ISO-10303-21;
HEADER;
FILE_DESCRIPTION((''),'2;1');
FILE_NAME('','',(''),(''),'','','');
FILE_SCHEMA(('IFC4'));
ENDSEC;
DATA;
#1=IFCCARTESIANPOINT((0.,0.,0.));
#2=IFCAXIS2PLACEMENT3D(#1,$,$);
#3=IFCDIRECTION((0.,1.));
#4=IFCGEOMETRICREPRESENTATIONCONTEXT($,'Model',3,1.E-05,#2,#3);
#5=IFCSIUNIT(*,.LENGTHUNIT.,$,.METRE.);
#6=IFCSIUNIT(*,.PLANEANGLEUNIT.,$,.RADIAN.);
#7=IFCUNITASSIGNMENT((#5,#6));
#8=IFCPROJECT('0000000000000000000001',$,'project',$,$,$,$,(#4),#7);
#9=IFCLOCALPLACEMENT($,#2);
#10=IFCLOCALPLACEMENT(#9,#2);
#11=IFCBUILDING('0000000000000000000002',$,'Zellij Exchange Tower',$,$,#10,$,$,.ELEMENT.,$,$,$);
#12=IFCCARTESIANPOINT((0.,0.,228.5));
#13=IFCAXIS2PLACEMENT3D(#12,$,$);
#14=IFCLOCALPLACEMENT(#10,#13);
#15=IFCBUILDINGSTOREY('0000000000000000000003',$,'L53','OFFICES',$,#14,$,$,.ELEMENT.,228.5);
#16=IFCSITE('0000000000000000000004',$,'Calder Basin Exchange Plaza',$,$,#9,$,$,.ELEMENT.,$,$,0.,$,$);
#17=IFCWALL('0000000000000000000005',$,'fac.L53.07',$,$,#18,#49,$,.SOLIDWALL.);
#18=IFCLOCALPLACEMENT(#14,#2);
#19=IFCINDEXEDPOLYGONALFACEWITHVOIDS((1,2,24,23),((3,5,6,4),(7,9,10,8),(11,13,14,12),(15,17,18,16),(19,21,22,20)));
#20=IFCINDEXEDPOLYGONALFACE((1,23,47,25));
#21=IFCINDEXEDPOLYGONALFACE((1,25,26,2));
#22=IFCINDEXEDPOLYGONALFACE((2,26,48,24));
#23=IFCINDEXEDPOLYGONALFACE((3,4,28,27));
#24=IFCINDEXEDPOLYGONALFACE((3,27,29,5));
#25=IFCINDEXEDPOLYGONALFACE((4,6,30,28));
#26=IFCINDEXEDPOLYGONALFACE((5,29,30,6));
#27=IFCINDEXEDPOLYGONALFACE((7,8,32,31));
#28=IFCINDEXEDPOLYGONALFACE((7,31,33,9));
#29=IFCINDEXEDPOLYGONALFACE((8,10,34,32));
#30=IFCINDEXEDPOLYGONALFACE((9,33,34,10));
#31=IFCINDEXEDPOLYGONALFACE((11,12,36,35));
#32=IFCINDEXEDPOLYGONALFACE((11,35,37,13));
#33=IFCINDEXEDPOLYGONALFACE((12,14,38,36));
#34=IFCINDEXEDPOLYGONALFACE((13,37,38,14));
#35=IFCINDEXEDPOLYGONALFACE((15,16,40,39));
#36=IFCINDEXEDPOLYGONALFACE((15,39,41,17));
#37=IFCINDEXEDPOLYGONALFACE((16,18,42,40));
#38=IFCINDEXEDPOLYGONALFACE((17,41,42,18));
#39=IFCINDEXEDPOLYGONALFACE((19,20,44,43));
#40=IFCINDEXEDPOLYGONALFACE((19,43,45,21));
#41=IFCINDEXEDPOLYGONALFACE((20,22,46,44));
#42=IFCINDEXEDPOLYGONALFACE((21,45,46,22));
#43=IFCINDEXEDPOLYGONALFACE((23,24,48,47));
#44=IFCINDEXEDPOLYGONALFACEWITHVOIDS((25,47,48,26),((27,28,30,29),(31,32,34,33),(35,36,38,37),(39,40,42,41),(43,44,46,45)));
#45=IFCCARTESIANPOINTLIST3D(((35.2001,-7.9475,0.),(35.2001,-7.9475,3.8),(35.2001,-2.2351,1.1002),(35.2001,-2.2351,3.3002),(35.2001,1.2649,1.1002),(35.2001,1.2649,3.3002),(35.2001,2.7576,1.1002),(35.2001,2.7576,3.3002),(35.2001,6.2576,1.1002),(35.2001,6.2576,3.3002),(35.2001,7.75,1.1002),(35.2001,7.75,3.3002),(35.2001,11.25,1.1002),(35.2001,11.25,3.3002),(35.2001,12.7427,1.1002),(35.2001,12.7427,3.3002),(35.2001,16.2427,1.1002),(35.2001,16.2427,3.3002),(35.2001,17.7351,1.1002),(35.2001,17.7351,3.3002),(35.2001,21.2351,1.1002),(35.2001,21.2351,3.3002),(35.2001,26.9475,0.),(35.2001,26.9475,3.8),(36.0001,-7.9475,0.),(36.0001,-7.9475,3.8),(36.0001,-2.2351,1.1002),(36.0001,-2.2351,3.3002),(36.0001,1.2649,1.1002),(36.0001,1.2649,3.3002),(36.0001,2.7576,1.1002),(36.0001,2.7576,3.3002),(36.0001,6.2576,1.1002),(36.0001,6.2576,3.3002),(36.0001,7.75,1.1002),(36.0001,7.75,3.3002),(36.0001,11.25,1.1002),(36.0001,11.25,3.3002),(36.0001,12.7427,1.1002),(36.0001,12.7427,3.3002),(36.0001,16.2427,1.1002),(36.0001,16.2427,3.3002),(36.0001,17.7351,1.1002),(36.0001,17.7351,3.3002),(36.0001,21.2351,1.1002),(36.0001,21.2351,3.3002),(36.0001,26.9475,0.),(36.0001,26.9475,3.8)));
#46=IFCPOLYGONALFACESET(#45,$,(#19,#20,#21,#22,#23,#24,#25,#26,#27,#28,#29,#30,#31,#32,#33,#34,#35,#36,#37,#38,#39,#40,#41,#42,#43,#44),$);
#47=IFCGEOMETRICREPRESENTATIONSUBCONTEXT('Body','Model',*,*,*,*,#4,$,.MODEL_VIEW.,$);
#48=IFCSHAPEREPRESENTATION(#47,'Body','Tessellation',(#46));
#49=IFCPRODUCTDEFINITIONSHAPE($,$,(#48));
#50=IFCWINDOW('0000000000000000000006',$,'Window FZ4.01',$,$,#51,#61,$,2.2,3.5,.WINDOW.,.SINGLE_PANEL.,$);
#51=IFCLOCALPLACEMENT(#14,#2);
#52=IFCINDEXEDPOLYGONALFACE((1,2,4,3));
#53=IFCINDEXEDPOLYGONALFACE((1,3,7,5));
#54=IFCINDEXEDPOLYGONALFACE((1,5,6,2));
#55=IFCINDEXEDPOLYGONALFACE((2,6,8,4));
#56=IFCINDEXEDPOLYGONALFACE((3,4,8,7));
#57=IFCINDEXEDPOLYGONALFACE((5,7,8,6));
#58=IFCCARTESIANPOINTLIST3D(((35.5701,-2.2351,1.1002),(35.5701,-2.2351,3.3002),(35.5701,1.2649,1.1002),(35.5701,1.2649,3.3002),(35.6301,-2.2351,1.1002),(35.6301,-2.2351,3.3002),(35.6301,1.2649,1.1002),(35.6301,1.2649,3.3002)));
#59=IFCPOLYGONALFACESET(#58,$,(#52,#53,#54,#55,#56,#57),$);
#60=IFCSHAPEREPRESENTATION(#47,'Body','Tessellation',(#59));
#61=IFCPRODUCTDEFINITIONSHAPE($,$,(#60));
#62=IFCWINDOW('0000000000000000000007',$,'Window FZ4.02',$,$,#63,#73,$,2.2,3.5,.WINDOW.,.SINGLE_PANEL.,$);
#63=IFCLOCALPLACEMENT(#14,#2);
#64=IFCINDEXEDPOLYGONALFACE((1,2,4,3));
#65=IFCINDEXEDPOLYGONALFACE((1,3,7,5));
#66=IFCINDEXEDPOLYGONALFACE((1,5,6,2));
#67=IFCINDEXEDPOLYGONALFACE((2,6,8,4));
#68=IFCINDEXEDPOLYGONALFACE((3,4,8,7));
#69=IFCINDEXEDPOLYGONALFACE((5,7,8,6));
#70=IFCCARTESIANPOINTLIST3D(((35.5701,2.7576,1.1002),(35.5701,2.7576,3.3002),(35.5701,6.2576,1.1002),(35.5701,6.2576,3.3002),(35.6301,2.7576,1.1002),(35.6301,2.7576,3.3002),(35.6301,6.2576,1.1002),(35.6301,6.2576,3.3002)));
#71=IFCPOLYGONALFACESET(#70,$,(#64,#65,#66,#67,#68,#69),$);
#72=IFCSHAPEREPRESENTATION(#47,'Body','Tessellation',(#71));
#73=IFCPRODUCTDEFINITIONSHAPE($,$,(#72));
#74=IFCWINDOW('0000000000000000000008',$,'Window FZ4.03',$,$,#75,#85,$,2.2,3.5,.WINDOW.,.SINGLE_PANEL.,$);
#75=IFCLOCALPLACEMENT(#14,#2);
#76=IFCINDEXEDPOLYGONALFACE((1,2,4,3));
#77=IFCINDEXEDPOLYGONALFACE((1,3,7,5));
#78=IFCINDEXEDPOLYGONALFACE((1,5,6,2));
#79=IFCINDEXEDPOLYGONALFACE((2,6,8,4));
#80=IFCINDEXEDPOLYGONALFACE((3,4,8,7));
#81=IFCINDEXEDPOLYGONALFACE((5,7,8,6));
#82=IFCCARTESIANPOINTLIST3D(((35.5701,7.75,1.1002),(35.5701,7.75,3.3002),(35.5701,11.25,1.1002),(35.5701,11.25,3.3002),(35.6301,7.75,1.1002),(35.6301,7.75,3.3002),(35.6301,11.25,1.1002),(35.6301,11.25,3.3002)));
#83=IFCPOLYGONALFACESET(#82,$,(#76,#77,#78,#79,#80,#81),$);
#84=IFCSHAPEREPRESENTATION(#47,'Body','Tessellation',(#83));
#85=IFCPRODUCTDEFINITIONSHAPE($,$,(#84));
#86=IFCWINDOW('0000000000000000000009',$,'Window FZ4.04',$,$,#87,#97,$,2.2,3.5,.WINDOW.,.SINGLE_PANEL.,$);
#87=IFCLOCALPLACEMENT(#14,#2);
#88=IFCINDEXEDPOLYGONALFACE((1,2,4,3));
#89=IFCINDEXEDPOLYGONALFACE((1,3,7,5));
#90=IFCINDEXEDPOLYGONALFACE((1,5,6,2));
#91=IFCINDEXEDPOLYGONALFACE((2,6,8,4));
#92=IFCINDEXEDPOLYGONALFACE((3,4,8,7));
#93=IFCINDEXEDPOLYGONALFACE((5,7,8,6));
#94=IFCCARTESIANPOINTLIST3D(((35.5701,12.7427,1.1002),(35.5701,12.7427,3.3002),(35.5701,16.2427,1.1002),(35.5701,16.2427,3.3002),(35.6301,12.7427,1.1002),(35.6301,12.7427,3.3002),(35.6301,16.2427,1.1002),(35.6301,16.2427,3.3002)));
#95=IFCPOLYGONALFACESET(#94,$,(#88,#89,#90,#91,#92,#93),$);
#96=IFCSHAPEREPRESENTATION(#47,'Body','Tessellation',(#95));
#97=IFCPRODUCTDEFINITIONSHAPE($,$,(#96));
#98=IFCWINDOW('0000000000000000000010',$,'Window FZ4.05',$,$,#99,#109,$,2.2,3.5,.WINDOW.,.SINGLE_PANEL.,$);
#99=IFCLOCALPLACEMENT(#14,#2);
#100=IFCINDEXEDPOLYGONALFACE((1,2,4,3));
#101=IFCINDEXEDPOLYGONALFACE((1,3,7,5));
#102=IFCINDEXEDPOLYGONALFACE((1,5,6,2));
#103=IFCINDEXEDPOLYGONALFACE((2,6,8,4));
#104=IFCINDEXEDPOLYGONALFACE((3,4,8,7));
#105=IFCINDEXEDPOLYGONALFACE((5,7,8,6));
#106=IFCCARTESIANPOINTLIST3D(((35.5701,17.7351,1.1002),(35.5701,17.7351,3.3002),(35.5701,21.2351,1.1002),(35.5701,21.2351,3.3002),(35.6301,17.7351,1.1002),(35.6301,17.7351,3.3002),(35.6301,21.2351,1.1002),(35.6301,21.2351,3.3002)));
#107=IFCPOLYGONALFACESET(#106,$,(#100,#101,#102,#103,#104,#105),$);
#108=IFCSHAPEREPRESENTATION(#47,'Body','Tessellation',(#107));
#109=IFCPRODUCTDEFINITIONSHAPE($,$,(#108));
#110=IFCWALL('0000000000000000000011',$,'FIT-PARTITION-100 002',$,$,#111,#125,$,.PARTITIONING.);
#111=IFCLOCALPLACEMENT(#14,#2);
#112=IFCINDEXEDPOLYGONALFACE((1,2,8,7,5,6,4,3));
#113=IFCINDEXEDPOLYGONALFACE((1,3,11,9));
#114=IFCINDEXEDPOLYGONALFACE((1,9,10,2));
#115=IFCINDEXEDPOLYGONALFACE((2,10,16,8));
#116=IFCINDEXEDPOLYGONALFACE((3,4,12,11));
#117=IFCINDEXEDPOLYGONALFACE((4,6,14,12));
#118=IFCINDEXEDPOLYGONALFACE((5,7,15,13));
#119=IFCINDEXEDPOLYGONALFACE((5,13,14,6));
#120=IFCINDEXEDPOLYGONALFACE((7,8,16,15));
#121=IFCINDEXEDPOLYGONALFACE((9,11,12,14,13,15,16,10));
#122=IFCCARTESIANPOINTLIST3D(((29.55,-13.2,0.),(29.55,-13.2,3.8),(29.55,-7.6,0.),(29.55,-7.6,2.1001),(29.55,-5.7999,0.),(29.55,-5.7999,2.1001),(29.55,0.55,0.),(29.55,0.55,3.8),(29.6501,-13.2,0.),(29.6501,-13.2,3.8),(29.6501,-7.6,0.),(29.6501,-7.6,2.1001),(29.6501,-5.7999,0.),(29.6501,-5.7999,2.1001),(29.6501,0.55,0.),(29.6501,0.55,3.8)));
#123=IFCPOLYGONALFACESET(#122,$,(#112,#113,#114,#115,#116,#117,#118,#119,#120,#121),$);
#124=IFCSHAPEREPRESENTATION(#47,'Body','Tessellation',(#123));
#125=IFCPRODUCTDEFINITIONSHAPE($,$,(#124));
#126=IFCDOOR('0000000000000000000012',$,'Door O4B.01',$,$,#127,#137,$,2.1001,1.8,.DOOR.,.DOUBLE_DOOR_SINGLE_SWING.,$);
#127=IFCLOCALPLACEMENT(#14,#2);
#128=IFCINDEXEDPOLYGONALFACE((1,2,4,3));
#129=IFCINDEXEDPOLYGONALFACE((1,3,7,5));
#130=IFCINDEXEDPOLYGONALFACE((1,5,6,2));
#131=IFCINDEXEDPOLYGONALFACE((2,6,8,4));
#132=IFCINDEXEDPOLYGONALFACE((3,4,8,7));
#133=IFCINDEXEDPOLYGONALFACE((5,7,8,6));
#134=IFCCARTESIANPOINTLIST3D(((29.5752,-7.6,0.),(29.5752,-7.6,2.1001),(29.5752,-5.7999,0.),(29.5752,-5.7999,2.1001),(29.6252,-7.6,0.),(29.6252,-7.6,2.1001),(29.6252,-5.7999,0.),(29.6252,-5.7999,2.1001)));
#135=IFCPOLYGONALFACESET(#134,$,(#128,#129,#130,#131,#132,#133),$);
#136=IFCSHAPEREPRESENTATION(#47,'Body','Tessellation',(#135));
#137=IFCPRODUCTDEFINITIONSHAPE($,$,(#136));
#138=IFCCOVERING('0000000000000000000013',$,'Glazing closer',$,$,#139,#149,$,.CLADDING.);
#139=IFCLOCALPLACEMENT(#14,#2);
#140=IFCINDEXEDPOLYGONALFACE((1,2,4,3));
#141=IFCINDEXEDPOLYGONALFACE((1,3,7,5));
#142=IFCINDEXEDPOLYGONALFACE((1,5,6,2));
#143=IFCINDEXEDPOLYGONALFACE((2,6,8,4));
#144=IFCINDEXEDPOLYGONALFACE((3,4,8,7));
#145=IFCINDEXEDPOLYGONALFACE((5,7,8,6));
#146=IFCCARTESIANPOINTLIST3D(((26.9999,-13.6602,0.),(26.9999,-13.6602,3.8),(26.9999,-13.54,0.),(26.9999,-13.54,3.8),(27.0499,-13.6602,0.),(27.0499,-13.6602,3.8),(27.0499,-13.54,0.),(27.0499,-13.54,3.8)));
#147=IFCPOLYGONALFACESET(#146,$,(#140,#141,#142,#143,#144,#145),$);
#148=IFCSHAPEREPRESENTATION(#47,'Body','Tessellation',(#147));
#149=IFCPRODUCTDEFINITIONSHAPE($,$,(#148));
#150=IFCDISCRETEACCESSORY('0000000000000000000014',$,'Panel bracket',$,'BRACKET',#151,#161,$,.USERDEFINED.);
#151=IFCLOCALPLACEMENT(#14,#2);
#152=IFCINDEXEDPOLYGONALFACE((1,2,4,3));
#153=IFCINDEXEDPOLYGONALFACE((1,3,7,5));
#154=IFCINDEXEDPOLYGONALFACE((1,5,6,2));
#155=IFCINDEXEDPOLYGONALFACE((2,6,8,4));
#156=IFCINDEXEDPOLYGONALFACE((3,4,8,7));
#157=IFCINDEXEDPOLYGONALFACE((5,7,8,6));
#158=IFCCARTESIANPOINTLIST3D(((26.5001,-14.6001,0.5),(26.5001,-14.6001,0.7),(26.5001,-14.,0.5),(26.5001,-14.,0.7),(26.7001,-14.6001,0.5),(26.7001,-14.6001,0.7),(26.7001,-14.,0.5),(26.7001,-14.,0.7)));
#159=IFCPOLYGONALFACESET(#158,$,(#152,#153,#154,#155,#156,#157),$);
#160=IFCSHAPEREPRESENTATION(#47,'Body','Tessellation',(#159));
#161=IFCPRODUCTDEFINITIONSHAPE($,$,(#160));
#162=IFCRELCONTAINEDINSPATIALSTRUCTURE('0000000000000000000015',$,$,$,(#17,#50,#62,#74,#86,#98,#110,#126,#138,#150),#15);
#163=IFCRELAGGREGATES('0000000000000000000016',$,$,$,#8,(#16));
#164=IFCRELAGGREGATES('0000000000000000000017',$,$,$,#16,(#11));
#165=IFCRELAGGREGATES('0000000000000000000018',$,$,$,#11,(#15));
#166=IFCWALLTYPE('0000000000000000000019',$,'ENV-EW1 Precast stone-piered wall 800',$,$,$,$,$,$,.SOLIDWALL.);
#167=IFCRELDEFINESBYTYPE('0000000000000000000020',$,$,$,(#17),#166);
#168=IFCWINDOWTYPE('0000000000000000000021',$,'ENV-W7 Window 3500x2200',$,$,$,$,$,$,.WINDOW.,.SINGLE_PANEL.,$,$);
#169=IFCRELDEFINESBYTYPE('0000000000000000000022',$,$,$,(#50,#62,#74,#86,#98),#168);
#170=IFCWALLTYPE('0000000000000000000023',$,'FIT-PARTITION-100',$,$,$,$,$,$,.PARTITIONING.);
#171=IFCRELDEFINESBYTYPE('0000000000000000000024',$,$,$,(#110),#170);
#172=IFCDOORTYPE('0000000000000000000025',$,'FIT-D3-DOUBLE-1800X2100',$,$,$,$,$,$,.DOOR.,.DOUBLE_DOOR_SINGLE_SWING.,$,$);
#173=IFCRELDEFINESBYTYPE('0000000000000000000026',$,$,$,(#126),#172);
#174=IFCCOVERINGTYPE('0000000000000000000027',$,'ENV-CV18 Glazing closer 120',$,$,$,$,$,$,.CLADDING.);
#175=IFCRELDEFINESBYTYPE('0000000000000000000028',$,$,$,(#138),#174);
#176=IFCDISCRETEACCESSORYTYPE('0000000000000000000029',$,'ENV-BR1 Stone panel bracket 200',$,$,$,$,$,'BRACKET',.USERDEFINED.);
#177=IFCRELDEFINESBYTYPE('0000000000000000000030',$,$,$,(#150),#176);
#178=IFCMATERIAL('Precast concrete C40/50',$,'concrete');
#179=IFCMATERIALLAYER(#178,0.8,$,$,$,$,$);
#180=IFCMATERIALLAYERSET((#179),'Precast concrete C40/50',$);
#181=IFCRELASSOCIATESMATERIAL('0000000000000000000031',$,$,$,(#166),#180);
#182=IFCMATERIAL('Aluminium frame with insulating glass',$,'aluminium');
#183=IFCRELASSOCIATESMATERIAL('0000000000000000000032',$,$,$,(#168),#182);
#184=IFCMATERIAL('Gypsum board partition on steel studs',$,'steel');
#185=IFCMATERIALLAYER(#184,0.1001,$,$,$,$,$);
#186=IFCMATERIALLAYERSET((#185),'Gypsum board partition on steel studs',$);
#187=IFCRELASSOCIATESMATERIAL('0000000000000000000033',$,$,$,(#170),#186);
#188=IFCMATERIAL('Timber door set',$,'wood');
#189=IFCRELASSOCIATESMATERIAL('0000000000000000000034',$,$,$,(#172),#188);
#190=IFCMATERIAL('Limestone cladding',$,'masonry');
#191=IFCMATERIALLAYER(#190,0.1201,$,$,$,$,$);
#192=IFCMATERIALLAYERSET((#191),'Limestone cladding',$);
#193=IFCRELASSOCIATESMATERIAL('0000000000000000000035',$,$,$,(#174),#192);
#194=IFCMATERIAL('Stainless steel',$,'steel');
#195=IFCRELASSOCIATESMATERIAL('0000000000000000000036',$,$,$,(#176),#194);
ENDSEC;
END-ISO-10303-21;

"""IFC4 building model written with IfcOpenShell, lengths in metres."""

from ifc_helpers import new_model, si_unit, direction, frame, frame_2d, origin, origin_2d, place, context, subcontext, project, spatial, rectangle, extrude, material, layer, layer_set, type_object, element, fill, save


model = new_model("IFC4")

# Units and contexts
model_context = context("Model", 3, precision=1e-05, world=origin(), true_north=direction((0.0, 1.0)))
body_context = subcontext(model_context, "Body", "Model", "MODEL_VIEW")
ifc_project = project(units=[si_unit("LENGTHUNIT", "METRE"), si_unit("PLANEANGLEUNIT", "RADIAN")], contexts=[model_context])

# Site, building, storey
site_placement = place(None, origin())
site = spatial("IfcSite", under=ifc_project, at=site_placement, Name="Calder Basin Exchange Plaza", CompositionType="ELEMENT", RefElevation=0.0)
building_placement = place(site_placement, origin())
building = spatial("IfcBuilding", under=site, at=building_placement, Name="Zellij Exchange Tower", CompositionType="ELEMENT")
storey_placement = place(building_placement, frame((0.0, 0.0, 228.5)))
storey = spatial("IfcBuildingStorey", under=building, at=storey_placement, Name="L53", Description="OFFICES", CompositionType="ELEMENT", Elevation=228.5)

# Shared definitions
ifc_material_1 = material(Name="Precast concrete C40/50", Category="concrete")
ifc_layer_1 = layer(ifc_material_1, 0.8)
ifc_layer_set_1 = layer_set([ifc_layer_1], Name="Precast concrete C40/50")
wall_type_1 = type_object("IfcWallType", Name="ENV-EW1 Precast stone-piered wall 800", PredefinedType="SOLIDWALL", material=ifc_layer_set_1)

# Wall, openings, windows
wall_1_placement = place(storey_placement, frame((35.6001, -7.9475, 0.0), z_axis=(0.0, 0.0, 1.0), x_axis=(0.0, 1.0, 0.0)))
wall_1 = element("IfcWall", 1, at=wall_1_placement, inside=storey, type_object=wall_type_1, Name="fac.L53.07", PredefinedType="SOLIDWALL", context=body_context, shape_type="SweptSolid", body=[
    extrude(rectangle(XDim=34.895, YDim=0.8, at=frame_2d((17.4475, 0.0))), origin(), (0.0, 0.0, 1.0), 3.8),
])
opening_1_placement = place(wall_1_placement, frame((5.7124, 0.0, 1.1001)))
opening_1 = element("IfcOpeningElement", 2, at=opening_1_placement, cuts=wall_1, PredefinedType="OPENING", context=body_context, shape_type="SweptSolid", body=[
    extrude(rectangle(XDim=3.5, YDim=2.2, at=frame_2d((1.75, 1.1001))), frame((0.0, 0.4121, 0.0), z_axis=(0.0, -1.0, 0.0), x_axis=(1.0, 0.0, 0.0)), (0.0, 0.0, 1.0), 0.824),
])
opening_2_placement = place(wall_1_placement, frame((10.7051, 0.0, 1.1001)))
opening_2 = element("IfcOpeningElement", 3, at=opening_2_placement, cuts=wall_1, PredefinedType="OPENING", context=body_context, shape_type="SweptSolid", body=[
    extrude(rectangle(XDim=3.5, YDim=2.2, at=frame_2d((1.75, 1.1001))), frame((0.0, 0.4121, 0.0), z_axis=(0.0, -1.0, 0.0), x_axis=(1.0, 0.0, 0.0)), (0.0, 0.0, 1.0), 0.824),
])
opening_3_placement = place(wall_1_placement, frame((15.6975, 0.0, 1.1001)))
opening_3 = element("IfcOpeningElement", 4, at=opening_3_placement, cuts=wall_1, PredefinedType="OPENING", context=body_context, shape_type="SweptSolid", body=[
    extrude(rectangle(XDim=3.5, YDim=2.2, at=frame_2d((1.75, 1.1001))), frame((0.0, 0.4121, 0.0), z_axis=(0.0, -1.0, 0.0), x_axis=(1.0, 0.0, 0.0)), (0.0, 0.0, 1.0), 0.824),
])
opening_4_placement = place(wall_1_placement, frame((20.6902, 0.0, 1.1001)))
opening_4 = element("IfcOpeningElement", 5, at=opening_4_placement, cuts=wall_1, PredefinedType="OPENING", context=body_context, shape_type="SweptSolid", body=[
    extrude(rectangle(XDim=3.5, YDim=2.2, at=frame_2d((1.75, 1.1001))), frame((0.0, 0.4121, 0.0), z_axis=(0.0, -1.0, 0.0), x_axis=(1.0, 0.0, 0.0)), (0.0, 0.0, 1.0), 0.824),
])
opening_5_placement = place(wall_1_placement, frame((25.6826, 0.0, 1.1001)))
opening_5 = element("IfcOpeningElement", 6, at=opening_5_placement, cuts=wall_1, PredefinedType="OPENING", context=body_context, shape_type="SweptSolid", body=[
    extrude(rectangle(XDim=3.5, YDim=2.2, at=frame_2d((1.75, 1.1001))), frame((0.0, 0.4121, 0.0), z_axis=(0.0, -1.0, 0.0), x_axis=(1.0, 0.0, 0.0)), (0.0, 0.0, 1.0), 0.824),
])
ifc_material_2 = material(Name="Aluminium frame with insulating glass", Category="aluminium")
window_type = type_object("IfcWindowType", Name="ENV-W7 Window 3500x2200", PartitioningType="SINGLE_PANEL", PredefinedType="WINDOW", material=ifc_material_2)
window_1_placement = place(opening_1_placement, origin())
window_1 = element("IfcWindow", 7, at=window_1_placement, inside=storey, type_object=window_type, Name="Window FZ4.01", OverallHeight=2.2, OverallWidth=3.5, PartitioningType="SINGLE_PANEL", PredefinedType="WINDOW", context=body_context, shape_type="SweptSolid", body=[
    extrude(rectangle(XDim=3.5, YDim=2.2, at=frame_2d((1.75, 1.1001))), frame((0.0, 0.03, 0.0), z_axis=(0.0, -1.0, 0.0), x_axis=(1.0, 0.0, 0.0)), (0.0, 0.0, 1.0), 0.0601),
])
fill(opening_1, window_1)
window_2_placement = place(opening_2_placement, origin())
window_2 = element("IfcWindow", 8, at=window_2_placement, inside=storey, type_object=window_type, Name="Window FZ4.02", OverallHeight=2.2, OverallWidth=3.5, PartitioningType="SINGLE_PANEL", PredefinedType="WINDOW", context=body_context, shape_type="SweptSolid", body=[
    extrude(rectangle(XDim=3.5, YDim=2.2, at=frame_2d((1.75, 1.1001))), frame((0.0, 0.03, 0.0), z_axis=(0.0, -1.0, 0.0), x_axis=(1.0, 0.0, 0.0)), (0.0, 0.0, 1.0), 0.0601),
])
fill(opening_2, window_2)
window_3_placement = place(opening_3_placement, origin())
window_3 = element("IfcWindow", 9, at=window_3_placement, inside=storey, type_object=window_type, Name="Window FZ4.03", OverallHeight=2.2, OverallWidth=3.5, PartitioningType="SINGLE_PANEL", PredefinedType="WINDOW", context=body_context, shape_type="SweptSolid", body=[
    extrude(rectangle(XDim=3.5, YDim=2.2, at=frame_2d((1.75, 1.1001))), frame((0.0, 0.03, 0.0), z_axis=(0.0, -1.0, 0.0), x_axis=(1.0, 0.0, 0.0)), (0.0, 0.0, 1.0), 0.0601),
])
fill(opening_3, window_3)
window_4_placement = place(opening_4_placement, origin())
window_4 = element("IfcWindow", 10, at=window_4_placement, inside=storey, type_object=window_type, Name="Window FZ4.04", OverallHeight=2.2, OverallWidth=3.5, PartitioningType="SINGLE_PANEL", PredefinedType="WINDOW", context=body_context, shape_type="SweptSolid", body=[
    extrude(rectangle(XDim=3.5, YDim=2.2, at=frame_2d((1.75, 1.1001))), frame((0.0, 0.03, 0.0), z_axis=(0.0, -1.0, 0.0), x_axis=(1.0, 0.0, 0.0)), (0.0, 0.0, 1.0), 0.0601),
])
fill(opening_4, window_4)
window_5_placement = place(opening_5_placement, origin())
window_5 = element("IfcWindow", 11, at=window_5_placement, inside=storey, type_object=window_type, Name="Window FZ4.05", OverallHeight=2.2, OverallWidth=3.5, PartitioningType="SINGLE_PANEL", PredefinedType="WINDOW", context=body_context, shape_type="SweptSolid", body=[
    extrude(rectangle(XDim=3.5, YDim=2.2, at=frame_2d((1.75, 1.1001))), frame((0.0, 0.03, 0.0), z_axis=(0.0, -1.0, 0.0), x_axis=(1.0, 0.0, 0.0)), (0.0, 0.0, 1.0), 0.0601),
])
fill(opening_5, window_5)

# Wall, opening, door
ifc_material_3 = material(Name="Gypsum board partition on steel studs", Category="steel")
ifc_layer_2 = layer(ifc_material_3, 0.1001)
ifc_layer_set_2 = layer_set([ifc_layer_2], Name="Gypsum board partition on steel studs")
wall_type_2 = type_object("IfcWallType", Name="FIT-PARTITION-100", PredefinedType="PARTITIONING", material=ifc_layer_set_2)
wall_2_placement = place(storey_placement, frame((29.6001, -13.2, 0.0), z_axis=(0.0, 0.0, 1.0), x_axis=(0.0, 1.0, 0.0)))
wall_2 = element("IfcWall", 12, at=wall_2_placement, inside=storey, type_object=wall_type_2, Name="FIT-PARTITION-100 002", PredefinedType="PARTITIONING", context=body_context, shape_type="SweptSolid", body=[
    extrude(rectangle(XDim=13.75, YDim=0.1001, at=frame_2d((6.875, 0.0))), origin(), (0.0, 0.0, 1.0), 3.8),
])
opening_6_placement = place(wall_2_placement, frame((5.6001, 0.0, 0.0)))
opening_6 = element("IfcOpeningElement", 13, at=opening_6_placement, cuts=wall_2, PredefinedType="OPENING", context=body_context, shape_type="SweptSolid", body=[
    extrude(rectangle(XDim=1.8, YDim=2.1001, at=frame_2d((0.8999, 1.05))), frame((0.0, 0.062, 0.0), z_axis=(0.0, -1.0, 0.0), x_axis=(1.0, 0.0, 0.0)), (0.0, 0.0, 1.0), 0.124),
])
ifc_material_4 = material(Name="Timber door set", Category="wood")
door_type_1 = type_object("IfcDoorType", Name="FIT-D3-DOUBLE-1800X2100", OperationType="DOUBLE_DOOR_SINGLE_SWING", PredefinedType="DOOR", material=ifc_material_4)
door_1_placement = place(opening_6_placement, origin())
door_1 = element("IfcDoor", 14, at=door_1_placement, inside=storey, type_object=door_type_1, Name="Door O4B.01", OperationType="DOUBLE_DOOR_SINGLE_SWING", OverallHeight=2.1001, OverallWidth=1.8, PredefinedType="DOOR", context=body_context, shape_type="SweptSolid", body=[
    extrude(rectangle(XDim=1.8, YDim=2.1001, at=frame_2d((0.8999, 1.05))), frame((0.0, 0.0249, 0.0), z_axis=(0.0, -1.0, 0.0), x_axis=(1.0, 0.0, 0.0)), (0.0, 0.0, 1.0), 0.05),
])
fill(opening_6, door_1)

# Covering
ifc_material_5 = material(Name="Limestone cladding", Category="masonry")
ifc_layer_3 = layer(ifc_material_5, 0.1201)
ifc_layer_set_3 = layer_set([ifc_layer_3], Name="Limestone cladding")
covering_type = type_object("IfcCoveringType", Name="ENV-CV18 Glazing closer 120", PredefinedType="CLADDING", material=ifc_layer_set_3)
covering_placement = place(storey_placement, frame((27.0249, -13.6001, 0.0), z_axis=(0.0, 0.0, 1.0), x_axis=(-1.0, 0.0, 0.0)))
element("IfcCovering", 15, at=covering_placement, inside=storey, type_object=covering_type, Name="Glazing closer", PredefinedType="CLADDING", context=body_context, shape_type="SweptSolid", body=[
    extrude(rectangle(XDim=0.05, YDim=0.1201, at=origin_2d()), origin(), (0.0, 0.0, 1.0), 3.8),
])

# Discrete accessory
ifc_material_6 = material(Name="Stainless steel", Category="steel")
discrete_accessory_type = type_object("IfcDiscreteAccessoryType", Name="ENV-BR1 Stone panel bracket 200", ElementType="BRACKET", PredefinedType="USERDEFINED", material=ifc_material_6)
for number, where, z_axis, x_axis, name in (
    (16, (26.6001, -14.3, 0.5), (0.0, 0.0, 1.0), (1.0, 0.0, 0.0), "Panel bracket"),
):
    element("IfcDiscreteAccessory", number, at=place(storey_placement, frame(where, z_axis=z_axis, x_axis=x_axis)), inside=storey, type_object=discrete_accessory_type, Name=name, ObjectType="BRACKET", PredefinedType="USERDEFINED", context=body_context, shape_type="SweptSolid", body=[
        extrude(rectangle(XDim=0.2, YDim=0.6001, at=origin_2d()), origin(), (0.0, 0.0, 1.0), 0.2),
    ])

save(model, "model.ifc")
